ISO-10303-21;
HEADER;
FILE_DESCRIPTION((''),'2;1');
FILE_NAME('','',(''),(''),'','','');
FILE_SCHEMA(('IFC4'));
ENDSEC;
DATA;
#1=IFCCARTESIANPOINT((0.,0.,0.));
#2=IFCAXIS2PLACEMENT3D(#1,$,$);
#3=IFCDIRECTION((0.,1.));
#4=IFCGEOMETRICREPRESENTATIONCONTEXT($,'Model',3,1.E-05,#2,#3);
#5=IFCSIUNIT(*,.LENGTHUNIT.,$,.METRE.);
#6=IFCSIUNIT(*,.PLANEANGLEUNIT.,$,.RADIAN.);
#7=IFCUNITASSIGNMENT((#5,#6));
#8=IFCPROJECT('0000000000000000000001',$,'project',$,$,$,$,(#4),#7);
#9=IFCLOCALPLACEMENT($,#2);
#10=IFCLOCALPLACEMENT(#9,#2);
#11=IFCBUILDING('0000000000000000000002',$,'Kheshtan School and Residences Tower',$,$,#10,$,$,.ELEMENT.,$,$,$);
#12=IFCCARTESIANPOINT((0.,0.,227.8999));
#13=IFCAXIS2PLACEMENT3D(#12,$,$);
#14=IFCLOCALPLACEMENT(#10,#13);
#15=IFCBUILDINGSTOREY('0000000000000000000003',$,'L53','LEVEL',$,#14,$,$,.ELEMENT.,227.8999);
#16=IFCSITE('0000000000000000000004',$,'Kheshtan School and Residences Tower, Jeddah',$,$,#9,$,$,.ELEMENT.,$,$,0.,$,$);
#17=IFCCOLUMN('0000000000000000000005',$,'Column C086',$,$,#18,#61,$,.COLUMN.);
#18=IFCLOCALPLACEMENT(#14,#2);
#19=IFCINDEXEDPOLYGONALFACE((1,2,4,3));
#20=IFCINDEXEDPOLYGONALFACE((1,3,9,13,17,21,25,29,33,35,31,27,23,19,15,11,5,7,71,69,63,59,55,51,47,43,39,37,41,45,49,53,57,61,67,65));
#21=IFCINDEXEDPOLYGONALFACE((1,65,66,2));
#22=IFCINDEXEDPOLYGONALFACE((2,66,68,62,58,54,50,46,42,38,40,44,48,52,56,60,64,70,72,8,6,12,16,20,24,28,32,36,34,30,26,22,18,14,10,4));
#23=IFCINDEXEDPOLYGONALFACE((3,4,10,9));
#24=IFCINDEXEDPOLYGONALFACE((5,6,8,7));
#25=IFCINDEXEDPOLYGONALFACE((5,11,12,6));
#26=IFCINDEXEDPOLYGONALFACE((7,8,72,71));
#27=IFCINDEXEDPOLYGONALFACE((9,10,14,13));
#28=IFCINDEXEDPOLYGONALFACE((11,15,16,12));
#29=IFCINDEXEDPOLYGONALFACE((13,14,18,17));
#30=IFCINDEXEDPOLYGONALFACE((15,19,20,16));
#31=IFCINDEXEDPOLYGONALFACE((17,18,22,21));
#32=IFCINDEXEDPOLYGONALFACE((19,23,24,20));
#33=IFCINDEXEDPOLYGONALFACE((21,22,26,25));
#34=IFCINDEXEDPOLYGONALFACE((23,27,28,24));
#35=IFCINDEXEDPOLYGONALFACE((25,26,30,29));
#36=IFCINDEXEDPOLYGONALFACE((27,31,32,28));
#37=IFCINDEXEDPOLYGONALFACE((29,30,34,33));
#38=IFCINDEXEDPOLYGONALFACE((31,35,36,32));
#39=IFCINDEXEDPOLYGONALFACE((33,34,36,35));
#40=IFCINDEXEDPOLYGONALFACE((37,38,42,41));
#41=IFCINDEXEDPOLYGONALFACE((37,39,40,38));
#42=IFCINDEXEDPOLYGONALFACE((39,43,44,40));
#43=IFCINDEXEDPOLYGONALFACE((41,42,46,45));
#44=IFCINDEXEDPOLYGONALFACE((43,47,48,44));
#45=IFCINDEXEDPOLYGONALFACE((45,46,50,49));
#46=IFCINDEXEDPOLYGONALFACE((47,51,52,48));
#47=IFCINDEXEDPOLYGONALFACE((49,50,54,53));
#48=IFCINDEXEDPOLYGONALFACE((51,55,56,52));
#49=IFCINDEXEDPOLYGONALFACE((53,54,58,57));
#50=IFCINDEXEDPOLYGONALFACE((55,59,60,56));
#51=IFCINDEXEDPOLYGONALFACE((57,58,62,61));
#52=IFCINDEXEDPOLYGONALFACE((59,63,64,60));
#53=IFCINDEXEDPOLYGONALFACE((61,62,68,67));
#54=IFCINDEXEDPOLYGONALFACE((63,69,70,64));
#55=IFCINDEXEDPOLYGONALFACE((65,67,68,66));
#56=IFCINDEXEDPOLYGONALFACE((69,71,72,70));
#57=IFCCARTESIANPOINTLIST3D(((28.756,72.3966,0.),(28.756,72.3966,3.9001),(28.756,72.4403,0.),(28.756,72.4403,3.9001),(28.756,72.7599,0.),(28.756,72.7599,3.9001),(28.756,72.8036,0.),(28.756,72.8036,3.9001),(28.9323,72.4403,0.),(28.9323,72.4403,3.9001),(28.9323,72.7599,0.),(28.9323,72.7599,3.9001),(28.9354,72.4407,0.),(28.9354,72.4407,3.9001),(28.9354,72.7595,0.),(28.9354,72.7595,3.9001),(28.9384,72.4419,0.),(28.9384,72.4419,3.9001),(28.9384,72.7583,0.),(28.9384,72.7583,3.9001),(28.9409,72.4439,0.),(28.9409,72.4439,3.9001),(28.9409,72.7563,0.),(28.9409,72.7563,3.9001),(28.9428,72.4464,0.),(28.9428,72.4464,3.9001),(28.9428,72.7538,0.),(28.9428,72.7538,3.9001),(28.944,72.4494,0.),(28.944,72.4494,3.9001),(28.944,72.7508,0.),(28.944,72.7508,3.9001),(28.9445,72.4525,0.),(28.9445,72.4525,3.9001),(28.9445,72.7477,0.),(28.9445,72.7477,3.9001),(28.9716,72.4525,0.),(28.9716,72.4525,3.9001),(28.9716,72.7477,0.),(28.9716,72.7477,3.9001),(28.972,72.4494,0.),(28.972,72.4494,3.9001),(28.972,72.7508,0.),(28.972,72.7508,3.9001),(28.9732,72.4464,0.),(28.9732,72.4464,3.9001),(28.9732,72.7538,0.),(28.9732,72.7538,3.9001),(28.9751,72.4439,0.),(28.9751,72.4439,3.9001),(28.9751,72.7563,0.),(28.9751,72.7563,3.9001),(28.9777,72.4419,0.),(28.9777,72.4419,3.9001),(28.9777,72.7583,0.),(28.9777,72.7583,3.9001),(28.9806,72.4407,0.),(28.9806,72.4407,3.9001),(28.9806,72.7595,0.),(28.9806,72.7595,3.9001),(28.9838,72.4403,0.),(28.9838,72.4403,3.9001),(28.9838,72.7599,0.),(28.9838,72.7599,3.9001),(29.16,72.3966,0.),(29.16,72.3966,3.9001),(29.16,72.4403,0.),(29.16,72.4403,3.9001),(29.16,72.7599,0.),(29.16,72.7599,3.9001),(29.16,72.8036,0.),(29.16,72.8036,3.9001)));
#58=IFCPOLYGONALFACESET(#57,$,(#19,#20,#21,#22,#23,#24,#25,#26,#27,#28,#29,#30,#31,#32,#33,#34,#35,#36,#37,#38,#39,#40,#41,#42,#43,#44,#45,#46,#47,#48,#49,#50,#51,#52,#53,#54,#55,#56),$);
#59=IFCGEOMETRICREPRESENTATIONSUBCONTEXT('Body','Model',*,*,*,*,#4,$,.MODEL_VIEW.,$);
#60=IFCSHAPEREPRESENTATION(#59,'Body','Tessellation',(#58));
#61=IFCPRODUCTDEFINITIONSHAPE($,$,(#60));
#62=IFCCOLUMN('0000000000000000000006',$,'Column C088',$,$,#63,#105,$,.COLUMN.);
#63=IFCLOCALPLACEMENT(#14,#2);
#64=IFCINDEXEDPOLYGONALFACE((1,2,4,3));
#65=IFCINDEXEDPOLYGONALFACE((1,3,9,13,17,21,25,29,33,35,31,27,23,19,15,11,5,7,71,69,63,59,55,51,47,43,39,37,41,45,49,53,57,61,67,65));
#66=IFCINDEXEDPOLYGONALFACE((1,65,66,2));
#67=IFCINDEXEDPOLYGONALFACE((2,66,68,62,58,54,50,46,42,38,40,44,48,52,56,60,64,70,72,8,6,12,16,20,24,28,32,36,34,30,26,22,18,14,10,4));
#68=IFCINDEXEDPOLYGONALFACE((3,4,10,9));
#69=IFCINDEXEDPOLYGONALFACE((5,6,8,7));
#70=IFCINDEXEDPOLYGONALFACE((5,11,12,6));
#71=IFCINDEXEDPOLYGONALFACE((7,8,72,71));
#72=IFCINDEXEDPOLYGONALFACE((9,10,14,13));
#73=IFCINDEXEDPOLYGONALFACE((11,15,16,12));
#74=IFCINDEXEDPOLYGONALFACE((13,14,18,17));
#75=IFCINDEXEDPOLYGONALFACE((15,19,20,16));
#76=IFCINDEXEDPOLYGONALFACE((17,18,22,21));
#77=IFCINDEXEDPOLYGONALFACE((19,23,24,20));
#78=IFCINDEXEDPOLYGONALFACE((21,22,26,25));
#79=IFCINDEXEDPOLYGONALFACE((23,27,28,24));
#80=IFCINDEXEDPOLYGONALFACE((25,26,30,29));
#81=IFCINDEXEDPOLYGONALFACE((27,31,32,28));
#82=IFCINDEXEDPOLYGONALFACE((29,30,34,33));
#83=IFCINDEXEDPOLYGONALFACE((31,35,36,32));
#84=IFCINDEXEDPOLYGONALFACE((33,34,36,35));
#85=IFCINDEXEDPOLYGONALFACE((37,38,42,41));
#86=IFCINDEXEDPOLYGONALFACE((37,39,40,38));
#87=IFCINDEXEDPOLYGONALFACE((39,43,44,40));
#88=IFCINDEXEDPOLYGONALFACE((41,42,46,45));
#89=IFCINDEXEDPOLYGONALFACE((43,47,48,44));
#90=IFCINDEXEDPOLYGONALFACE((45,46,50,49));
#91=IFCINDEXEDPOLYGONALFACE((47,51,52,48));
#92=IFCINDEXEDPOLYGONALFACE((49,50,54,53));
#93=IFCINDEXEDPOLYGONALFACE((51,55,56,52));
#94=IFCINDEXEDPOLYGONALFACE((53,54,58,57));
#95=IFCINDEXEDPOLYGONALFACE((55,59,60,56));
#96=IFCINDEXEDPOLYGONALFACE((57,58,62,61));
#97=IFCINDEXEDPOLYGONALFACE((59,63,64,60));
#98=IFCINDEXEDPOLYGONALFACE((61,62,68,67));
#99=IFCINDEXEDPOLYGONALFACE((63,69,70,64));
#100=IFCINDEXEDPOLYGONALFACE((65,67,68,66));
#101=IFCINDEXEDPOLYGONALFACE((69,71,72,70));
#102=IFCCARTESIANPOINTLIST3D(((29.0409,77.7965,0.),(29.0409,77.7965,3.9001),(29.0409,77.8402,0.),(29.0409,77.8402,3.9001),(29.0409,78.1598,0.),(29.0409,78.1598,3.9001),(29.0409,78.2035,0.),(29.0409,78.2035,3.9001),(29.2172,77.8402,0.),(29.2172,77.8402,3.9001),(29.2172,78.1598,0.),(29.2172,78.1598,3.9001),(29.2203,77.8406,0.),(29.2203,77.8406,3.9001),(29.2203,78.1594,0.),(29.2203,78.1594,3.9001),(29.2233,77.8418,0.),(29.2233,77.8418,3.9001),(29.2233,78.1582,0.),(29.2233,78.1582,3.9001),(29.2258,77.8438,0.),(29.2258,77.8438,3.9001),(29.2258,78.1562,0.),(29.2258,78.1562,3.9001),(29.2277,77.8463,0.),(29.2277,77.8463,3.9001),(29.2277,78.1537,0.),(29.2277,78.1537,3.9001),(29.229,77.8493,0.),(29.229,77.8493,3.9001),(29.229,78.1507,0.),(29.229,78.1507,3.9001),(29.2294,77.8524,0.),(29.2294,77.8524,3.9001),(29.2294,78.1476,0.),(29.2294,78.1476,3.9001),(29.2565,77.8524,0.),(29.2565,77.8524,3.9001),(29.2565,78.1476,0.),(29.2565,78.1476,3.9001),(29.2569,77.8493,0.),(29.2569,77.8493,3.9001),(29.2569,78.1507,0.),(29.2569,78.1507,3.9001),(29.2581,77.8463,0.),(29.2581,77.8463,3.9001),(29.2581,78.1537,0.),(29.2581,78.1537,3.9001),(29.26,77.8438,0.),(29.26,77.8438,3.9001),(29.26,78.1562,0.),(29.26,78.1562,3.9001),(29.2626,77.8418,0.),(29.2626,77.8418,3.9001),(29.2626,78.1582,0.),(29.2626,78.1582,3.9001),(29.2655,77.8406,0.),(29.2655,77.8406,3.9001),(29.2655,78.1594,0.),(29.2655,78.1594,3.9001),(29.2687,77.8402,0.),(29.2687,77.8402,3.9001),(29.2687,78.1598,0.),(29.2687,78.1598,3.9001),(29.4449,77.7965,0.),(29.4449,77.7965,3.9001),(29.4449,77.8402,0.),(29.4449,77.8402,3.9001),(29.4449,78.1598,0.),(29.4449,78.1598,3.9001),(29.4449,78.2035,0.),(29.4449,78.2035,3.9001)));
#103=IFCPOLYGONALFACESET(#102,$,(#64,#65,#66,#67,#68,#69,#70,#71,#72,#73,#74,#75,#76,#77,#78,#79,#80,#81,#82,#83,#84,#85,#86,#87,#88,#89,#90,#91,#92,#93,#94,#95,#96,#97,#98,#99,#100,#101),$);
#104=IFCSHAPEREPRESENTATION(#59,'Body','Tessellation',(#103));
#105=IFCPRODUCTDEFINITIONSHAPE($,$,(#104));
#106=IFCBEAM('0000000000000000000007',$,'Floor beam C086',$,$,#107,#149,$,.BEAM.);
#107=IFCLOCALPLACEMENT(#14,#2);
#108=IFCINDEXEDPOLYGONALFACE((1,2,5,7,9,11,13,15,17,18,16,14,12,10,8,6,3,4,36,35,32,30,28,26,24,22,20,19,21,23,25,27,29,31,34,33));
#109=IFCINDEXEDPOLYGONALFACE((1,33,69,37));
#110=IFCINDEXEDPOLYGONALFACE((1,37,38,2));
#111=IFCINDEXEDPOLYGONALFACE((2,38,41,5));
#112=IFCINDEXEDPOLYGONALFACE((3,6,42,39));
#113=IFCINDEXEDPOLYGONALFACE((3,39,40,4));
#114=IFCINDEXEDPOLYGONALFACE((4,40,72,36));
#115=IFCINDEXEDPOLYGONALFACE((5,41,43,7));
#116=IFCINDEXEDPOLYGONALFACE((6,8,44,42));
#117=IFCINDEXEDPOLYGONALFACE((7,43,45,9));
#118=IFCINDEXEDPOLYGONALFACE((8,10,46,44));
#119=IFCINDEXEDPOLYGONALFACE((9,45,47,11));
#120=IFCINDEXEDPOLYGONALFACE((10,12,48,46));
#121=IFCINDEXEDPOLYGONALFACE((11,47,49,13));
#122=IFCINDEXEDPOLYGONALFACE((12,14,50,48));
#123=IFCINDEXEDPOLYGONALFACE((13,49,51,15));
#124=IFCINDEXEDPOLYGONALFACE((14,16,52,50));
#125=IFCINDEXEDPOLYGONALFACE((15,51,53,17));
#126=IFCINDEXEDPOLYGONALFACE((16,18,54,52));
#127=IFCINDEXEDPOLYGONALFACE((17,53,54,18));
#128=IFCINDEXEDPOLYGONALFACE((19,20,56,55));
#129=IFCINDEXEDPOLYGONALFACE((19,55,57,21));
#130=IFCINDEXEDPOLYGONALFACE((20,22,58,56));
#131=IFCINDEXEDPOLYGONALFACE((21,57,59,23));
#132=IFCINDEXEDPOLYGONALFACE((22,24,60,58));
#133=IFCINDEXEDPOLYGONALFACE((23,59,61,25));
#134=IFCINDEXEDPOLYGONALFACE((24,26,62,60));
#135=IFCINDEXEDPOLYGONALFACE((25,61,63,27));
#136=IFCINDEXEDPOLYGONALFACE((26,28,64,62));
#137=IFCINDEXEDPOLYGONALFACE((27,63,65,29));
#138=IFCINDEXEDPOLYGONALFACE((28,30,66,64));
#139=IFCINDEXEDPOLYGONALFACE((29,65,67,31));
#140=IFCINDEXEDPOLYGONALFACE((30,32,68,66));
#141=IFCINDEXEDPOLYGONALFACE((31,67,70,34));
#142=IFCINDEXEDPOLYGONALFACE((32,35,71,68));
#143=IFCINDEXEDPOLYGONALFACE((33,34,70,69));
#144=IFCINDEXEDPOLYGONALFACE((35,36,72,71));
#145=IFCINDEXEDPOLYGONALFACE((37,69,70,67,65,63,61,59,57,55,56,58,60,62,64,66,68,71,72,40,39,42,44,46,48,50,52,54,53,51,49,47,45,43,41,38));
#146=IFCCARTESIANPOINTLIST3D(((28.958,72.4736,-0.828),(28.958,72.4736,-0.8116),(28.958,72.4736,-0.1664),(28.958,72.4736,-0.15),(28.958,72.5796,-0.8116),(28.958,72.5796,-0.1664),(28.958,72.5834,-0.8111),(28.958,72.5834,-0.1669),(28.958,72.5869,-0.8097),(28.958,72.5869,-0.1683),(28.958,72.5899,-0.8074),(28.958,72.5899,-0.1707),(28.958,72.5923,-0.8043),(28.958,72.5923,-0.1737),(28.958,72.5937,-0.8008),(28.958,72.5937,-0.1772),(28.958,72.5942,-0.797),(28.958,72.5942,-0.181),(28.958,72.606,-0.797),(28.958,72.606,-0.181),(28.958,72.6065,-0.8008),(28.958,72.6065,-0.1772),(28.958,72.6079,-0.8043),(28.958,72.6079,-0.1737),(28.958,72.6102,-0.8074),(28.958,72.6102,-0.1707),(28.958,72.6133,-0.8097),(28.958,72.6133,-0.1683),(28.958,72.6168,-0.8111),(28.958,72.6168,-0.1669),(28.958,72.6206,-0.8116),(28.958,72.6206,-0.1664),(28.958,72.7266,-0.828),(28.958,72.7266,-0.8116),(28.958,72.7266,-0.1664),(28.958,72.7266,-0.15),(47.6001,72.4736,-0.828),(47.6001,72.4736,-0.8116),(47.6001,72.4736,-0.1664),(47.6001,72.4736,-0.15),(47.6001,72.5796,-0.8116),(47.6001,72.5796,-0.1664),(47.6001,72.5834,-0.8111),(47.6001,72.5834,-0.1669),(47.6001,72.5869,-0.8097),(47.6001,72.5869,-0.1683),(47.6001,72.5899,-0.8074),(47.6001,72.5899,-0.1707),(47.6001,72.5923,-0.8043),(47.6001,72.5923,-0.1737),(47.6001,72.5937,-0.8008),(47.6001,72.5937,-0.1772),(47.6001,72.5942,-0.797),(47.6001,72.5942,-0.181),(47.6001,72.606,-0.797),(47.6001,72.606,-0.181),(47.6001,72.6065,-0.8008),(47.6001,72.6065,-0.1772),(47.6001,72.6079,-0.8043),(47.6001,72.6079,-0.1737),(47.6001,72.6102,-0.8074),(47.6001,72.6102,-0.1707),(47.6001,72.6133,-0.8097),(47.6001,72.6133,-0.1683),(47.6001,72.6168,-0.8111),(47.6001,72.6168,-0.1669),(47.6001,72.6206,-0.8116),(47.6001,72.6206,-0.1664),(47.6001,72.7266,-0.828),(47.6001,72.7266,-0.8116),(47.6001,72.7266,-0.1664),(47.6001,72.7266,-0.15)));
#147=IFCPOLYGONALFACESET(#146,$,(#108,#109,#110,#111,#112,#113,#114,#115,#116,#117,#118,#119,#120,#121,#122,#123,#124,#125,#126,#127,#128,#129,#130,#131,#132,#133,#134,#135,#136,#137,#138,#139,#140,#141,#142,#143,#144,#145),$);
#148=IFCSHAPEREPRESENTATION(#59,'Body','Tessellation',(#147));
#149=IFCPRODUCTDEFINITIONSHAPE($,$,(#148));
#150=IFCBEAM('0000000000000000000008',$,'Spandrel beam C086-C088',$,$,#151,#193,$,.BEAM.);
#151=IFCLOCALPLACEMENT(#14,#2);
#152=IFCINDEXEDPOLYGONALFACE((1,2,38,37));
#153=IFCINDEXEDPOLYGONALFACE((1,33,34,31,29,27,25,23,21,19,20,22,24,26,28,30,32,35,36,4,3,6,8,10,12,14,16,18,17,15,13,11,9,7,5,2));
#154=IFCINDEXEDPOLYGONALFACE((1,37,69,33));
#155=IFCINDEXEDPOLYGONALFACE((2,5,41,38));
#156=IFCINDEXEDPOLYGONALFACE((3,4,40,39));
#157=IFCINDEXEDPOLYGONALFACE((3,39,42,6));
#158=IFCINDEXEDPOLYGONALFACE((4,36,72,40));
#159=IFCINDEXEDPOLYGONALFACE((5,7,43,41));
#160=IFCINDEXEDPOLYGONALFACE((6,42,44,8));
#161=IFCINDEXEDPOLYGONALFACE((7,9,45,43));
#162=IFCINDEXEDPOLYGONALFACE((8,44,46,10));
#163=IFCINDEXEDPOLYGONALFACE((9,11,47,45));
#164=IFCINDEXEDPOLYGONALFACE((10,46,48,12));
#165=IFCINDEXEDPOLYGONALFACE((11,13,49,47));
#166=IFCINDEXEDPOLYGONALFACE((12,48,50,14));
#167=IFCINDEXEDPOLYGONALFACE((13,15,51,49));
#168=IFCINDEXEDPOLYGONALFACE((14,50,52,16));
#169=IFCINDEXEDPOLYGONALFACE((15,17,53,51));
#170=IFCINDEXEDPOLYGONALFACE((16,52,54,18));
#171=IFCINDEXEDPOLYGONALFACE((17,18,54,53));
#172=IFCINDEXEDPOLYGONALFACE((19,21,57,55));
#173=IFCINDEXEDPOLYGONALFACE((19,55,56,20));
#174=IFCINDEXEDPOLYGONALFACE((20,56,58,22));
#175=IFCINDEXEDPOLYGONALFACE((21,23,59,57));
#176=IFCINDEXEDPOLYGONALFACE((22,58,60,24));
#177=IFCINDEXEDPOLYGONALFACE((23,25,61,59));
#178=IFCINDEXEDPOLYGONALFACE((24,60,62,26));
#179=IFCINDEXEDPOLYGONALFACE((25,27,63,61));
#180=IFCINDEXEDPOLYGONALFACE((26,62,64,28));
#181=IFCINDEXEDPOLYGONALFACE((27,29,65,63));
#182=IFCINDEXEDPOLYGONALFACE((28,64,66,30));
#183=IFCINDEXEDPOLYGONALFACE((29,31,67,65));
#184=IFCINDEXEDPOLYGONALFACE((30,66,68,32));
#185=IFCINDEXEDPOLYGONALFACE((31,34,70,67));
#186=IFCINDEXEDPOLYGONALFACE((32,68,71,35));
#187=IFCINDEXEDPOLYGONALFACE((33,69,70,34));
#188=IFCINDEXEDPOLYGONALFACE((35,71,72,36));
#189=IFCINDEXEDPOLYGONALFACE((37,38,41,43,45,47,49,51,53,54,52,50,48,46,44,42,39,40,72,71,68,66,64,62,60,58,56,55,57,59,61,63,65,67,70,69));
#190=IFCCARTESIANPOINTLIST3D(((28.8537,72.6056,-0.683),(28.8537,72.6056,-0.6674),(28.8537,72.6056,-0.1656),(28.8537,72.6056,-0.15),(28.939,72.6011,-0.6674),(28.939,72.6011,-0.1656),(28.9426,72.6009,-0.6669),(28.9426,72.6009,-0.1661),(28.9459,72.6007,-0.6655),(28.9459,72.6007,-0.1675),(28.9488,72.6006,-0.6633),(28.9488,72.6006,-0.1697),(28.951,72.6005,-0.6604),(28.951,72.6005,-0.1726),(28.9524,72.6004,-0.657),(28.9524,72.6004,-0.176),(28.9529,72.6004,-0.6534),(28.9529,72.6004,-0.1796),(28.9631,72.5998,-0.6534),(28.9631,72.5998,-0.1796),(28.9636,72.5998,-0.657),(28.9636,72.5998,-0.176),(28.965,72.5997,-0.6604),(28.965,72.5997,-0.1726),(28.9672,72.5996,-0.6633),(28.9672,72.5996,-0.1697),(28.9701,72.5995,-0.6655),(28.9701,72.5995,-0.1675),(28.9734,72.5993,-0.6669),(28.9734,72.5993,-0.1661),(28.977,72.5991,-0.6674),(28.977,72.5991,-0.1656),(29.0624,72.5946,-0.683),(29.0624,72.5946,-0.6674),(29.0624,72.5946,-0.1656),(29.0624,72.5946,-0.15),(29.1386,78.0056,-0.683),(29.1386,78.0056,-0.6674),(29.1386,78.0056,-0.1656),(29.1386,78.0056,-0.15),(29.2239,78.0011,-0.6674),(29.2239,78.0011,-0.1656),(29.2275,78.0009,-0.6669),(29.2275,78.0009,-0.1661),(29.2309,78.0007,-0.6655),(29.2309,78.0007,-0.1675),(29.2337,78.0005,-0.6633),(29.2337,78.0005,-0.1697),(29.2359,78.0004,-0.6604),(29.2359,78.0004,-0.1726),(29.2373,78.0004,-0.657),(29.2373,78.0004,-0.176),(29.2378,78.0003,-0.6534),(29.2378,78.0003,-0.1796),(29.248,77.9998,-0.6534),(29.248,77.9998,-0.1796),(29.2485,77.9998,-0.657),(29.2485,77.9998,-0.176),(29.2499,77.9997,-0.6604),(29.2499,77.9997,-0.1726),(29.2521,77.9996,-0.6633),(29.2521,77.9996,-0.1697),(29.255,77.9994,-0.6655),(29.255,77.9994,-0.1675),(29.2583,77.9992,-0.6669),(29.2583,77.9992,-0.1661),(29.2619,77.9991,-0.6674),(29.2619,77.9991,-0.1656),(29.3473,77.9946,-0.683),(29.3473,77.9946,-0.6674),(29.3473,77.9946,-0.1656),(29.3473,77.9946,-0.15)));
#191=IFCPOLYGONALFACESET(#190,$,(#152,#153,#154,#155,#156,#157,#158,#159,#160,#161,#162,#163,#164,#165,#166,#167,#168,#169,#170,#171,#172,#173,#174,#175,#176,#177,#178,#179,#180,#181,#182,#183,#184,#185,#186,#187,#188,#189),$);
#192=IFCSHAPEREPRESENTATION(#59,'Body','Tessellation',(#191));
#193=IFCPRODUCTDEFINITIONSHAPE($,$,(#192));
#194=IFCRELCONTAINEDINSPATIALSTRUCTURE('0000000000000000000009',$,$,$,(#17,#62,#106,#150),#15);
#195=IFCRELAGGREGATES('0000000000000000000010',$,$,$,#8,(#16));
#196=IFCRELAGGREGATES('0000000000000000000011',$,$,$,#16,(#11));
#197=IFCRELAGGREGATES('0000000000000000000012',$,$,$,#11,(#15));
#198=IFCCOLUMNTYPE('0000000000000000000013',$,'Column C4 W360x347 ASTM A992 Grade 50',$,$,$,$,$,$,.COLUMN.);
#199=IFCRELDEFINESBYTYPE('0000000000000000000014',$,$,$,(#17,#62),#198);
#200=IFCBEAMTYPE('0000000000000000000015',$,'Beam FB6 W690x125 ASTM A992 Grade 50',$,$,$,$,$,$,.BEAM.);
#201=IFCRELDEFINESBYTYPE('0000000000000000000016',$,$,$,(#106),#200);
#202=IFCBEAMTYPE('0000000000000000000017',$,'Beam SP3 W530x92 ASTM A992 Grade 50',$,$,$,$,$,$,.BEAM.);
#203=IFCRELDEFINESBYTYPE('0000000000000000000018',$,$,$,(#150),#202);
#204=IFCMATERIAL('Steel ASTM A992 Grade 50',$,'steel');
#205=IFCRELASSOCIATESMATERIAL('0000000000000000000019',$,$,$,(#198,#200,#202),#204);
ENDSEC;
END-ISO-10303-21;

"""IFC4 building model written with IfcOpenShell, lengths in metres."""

from ifc_helpers import new_model, si_unit, direction, frame, origin, origin_2d, place, context, subcontext, project, spatial, i_section, extrude, material, material_profile, profile_set, type_object, element, save


model = new_model("IFC4")

# Units and contexts
model_context = context("Model", 3, precision=1e-05, world=origin(), true_north=direction((0.0, 1.0)))
body_context = subcontext(model_context, "Body", "Model", "MODEL_VIEW")
ifc_project = project(units=[si_unit("LENGTHUNIT", "METRE"), si_unit("PLANEANGLEUNIT", "RADIAN")], contexts=[model_context])

# Site, building, storey
site_placement = place(None, origin())
site = spatial("IfcSite", under=ifc_project, at=site_placement, Name="Kheshtan School and Residences Tower, Jeddah", CompositionType="ELEMENT", RefElevation=0.0)
building_placement = place(site_placement, origin())
building = spatial("IfcBuilding", under=site, at=building_placement, Name="Kheshtan School and Residences Tower", CompositionType="ELEMENT")
storey_placement = place(building_placement, frame((0.0, 0.0, 227.8999)))
storey = spatial("IfcBuildingStorey", under=building, at=storey_placement, Name="L53", Description="LEVEL", CompositionType="ELEMENT", Elevation=227.8999)

# Columns
ifc_material_1 = material(Name="Steel ASTM A992 Grade 50", Category="steel")
ifc_material_profile_1 = material_profile(ifc_material_1, i_section(OverallWidth=0.4041, OverallDepth=0.407, WebThickness=0.0271, FlangeThickness=0.0437, FilletRadius=0.0122, at=origin_2d()), Name="W360x347")
ifc_profile_set_1 = profile_set([ifc_material_profile_1], Name="Steel ASTM A992 Grade 50")
column_type = type_object("IfcColumnType", Name="Column C4 W360x347 ASTM A992 Grade 50", PredefinedType="COLUMN", material=ifc_profile_set_1)
for number, where, z_axis, x_axis, name in (
    (1, (28.958, 72.6001, 0.0), (0.0, 0.0, 1.0), (1.0, 0.0, 0.0), "Column C086"),
    (2, (29.2429, 78.0, 0.0), (0.0, 0.0, 1.0), (1.0, 0.0, 0.0), "Column C088"),
):
    element("IfcColumn", number, at=place(storey_placement, frame(where, z_axis=z_axis, x_axis=x_axis)), inside=storey, type_object=column_type, Name=name, PredefinedType="COLUMN", context=body_context, shape_type="SweptSolid", body=[
        extrude(i_section(OverallWidth=0.4041, OverallDepth=0.407, WebThickness=0.0271, FlangeThickness=0.0437, FilletRadius=0.0122, at=origin_2d()), origin(), (0.0, 0.0, 1.0), 3.9001),
    ])

# Beams
ifc_material_profile_2 = material_profile(ifc_material_1, i_section(OverallWidth=0.2529, OverallDepth=0.678, WebThickness=0.0117, FlangeThickness=0.0164, FilletRadius=0.0146, at=origin_2d()), Name="W690x125")
ifc_profile_set_2 = profile_set([ifc_material_profile_2], Name="Steel ASTM A992 Grade 50")
beam_type_1 = type_object("IfcBeamType", Name="Beam FB6 W690x125 ASTM A992 Grade 50", PredefinedType="BEAM", material=ifc_profile_set_2)
beam_placement = place(storey_placement, frame((28.958, 72.6001, -0.489), z_axis=(1.0, 0.0, 0.0), x_axis=(0.0, 1.0, 0.0)))
element("IfcBeam", 3, at=beam_placement, inside=storey, type_object=beam_type_1, Name="Floor beam C086", PredefinedType="BEAM", context=body_context, shape_type="SweptSolid", body=[
    extrude(i_section(OverallWidth=0.2529, OverallDepth=0.678, WebThickness=0.0117, FlangeThickness=0.0164, FilletRadius=0.0146, at=origin_2d()), origin(), (0.0, 0.0, 1.0), 18.6421),
])
ifc_material_profile_3 = material_profile(ifc_material_1, i_section(OverallWidth=0.209, OverallDepth=0.533, WebThickness=0.0103, FlangeThickness=0.0156, FilletRadius=0.0139, at=origin_2d()), Name="W530x92")
ifc_profile_set_3 = profile_set([ifc_material_profile_3], Name="Steel ASTM A992 Grade 50")
beam_type_2 = type_object("IfcBeamType", Name="Beam SP3 W530x92 ASTM A992 Grade 50", PredefinedType="BEAM", material=ifc_profile_set_3)
for number, where, z_axis, x_axis, name in (
    (4, (28.958, 72.6001, -0.4165), (0.052689, 0.998611, 0.0), (-0.998611, 0.052689, 0.0), "Spandrel beam C086-C088"),
):
    element("IfcBeam", number, at=place(storey_placement, frame(where, z_axis=z_axis, x_axis=x_axis)), inside=storey, type_object=beam_type_2, Name=name, PredefinedType="BEAM", context=body_context, shape_type="SweptSolid", body=[
        extrude(i_section(OverallWidth=0.209, OverallDepth=0.533, WebThickness=0.0103, FlangeThickness=0.0156, FilletRadius=0.0139, at=origin_2d()), origin(), (0.0, 0.0, 1.0), 5.4075),
    ])

save(model, "model.ifc")
